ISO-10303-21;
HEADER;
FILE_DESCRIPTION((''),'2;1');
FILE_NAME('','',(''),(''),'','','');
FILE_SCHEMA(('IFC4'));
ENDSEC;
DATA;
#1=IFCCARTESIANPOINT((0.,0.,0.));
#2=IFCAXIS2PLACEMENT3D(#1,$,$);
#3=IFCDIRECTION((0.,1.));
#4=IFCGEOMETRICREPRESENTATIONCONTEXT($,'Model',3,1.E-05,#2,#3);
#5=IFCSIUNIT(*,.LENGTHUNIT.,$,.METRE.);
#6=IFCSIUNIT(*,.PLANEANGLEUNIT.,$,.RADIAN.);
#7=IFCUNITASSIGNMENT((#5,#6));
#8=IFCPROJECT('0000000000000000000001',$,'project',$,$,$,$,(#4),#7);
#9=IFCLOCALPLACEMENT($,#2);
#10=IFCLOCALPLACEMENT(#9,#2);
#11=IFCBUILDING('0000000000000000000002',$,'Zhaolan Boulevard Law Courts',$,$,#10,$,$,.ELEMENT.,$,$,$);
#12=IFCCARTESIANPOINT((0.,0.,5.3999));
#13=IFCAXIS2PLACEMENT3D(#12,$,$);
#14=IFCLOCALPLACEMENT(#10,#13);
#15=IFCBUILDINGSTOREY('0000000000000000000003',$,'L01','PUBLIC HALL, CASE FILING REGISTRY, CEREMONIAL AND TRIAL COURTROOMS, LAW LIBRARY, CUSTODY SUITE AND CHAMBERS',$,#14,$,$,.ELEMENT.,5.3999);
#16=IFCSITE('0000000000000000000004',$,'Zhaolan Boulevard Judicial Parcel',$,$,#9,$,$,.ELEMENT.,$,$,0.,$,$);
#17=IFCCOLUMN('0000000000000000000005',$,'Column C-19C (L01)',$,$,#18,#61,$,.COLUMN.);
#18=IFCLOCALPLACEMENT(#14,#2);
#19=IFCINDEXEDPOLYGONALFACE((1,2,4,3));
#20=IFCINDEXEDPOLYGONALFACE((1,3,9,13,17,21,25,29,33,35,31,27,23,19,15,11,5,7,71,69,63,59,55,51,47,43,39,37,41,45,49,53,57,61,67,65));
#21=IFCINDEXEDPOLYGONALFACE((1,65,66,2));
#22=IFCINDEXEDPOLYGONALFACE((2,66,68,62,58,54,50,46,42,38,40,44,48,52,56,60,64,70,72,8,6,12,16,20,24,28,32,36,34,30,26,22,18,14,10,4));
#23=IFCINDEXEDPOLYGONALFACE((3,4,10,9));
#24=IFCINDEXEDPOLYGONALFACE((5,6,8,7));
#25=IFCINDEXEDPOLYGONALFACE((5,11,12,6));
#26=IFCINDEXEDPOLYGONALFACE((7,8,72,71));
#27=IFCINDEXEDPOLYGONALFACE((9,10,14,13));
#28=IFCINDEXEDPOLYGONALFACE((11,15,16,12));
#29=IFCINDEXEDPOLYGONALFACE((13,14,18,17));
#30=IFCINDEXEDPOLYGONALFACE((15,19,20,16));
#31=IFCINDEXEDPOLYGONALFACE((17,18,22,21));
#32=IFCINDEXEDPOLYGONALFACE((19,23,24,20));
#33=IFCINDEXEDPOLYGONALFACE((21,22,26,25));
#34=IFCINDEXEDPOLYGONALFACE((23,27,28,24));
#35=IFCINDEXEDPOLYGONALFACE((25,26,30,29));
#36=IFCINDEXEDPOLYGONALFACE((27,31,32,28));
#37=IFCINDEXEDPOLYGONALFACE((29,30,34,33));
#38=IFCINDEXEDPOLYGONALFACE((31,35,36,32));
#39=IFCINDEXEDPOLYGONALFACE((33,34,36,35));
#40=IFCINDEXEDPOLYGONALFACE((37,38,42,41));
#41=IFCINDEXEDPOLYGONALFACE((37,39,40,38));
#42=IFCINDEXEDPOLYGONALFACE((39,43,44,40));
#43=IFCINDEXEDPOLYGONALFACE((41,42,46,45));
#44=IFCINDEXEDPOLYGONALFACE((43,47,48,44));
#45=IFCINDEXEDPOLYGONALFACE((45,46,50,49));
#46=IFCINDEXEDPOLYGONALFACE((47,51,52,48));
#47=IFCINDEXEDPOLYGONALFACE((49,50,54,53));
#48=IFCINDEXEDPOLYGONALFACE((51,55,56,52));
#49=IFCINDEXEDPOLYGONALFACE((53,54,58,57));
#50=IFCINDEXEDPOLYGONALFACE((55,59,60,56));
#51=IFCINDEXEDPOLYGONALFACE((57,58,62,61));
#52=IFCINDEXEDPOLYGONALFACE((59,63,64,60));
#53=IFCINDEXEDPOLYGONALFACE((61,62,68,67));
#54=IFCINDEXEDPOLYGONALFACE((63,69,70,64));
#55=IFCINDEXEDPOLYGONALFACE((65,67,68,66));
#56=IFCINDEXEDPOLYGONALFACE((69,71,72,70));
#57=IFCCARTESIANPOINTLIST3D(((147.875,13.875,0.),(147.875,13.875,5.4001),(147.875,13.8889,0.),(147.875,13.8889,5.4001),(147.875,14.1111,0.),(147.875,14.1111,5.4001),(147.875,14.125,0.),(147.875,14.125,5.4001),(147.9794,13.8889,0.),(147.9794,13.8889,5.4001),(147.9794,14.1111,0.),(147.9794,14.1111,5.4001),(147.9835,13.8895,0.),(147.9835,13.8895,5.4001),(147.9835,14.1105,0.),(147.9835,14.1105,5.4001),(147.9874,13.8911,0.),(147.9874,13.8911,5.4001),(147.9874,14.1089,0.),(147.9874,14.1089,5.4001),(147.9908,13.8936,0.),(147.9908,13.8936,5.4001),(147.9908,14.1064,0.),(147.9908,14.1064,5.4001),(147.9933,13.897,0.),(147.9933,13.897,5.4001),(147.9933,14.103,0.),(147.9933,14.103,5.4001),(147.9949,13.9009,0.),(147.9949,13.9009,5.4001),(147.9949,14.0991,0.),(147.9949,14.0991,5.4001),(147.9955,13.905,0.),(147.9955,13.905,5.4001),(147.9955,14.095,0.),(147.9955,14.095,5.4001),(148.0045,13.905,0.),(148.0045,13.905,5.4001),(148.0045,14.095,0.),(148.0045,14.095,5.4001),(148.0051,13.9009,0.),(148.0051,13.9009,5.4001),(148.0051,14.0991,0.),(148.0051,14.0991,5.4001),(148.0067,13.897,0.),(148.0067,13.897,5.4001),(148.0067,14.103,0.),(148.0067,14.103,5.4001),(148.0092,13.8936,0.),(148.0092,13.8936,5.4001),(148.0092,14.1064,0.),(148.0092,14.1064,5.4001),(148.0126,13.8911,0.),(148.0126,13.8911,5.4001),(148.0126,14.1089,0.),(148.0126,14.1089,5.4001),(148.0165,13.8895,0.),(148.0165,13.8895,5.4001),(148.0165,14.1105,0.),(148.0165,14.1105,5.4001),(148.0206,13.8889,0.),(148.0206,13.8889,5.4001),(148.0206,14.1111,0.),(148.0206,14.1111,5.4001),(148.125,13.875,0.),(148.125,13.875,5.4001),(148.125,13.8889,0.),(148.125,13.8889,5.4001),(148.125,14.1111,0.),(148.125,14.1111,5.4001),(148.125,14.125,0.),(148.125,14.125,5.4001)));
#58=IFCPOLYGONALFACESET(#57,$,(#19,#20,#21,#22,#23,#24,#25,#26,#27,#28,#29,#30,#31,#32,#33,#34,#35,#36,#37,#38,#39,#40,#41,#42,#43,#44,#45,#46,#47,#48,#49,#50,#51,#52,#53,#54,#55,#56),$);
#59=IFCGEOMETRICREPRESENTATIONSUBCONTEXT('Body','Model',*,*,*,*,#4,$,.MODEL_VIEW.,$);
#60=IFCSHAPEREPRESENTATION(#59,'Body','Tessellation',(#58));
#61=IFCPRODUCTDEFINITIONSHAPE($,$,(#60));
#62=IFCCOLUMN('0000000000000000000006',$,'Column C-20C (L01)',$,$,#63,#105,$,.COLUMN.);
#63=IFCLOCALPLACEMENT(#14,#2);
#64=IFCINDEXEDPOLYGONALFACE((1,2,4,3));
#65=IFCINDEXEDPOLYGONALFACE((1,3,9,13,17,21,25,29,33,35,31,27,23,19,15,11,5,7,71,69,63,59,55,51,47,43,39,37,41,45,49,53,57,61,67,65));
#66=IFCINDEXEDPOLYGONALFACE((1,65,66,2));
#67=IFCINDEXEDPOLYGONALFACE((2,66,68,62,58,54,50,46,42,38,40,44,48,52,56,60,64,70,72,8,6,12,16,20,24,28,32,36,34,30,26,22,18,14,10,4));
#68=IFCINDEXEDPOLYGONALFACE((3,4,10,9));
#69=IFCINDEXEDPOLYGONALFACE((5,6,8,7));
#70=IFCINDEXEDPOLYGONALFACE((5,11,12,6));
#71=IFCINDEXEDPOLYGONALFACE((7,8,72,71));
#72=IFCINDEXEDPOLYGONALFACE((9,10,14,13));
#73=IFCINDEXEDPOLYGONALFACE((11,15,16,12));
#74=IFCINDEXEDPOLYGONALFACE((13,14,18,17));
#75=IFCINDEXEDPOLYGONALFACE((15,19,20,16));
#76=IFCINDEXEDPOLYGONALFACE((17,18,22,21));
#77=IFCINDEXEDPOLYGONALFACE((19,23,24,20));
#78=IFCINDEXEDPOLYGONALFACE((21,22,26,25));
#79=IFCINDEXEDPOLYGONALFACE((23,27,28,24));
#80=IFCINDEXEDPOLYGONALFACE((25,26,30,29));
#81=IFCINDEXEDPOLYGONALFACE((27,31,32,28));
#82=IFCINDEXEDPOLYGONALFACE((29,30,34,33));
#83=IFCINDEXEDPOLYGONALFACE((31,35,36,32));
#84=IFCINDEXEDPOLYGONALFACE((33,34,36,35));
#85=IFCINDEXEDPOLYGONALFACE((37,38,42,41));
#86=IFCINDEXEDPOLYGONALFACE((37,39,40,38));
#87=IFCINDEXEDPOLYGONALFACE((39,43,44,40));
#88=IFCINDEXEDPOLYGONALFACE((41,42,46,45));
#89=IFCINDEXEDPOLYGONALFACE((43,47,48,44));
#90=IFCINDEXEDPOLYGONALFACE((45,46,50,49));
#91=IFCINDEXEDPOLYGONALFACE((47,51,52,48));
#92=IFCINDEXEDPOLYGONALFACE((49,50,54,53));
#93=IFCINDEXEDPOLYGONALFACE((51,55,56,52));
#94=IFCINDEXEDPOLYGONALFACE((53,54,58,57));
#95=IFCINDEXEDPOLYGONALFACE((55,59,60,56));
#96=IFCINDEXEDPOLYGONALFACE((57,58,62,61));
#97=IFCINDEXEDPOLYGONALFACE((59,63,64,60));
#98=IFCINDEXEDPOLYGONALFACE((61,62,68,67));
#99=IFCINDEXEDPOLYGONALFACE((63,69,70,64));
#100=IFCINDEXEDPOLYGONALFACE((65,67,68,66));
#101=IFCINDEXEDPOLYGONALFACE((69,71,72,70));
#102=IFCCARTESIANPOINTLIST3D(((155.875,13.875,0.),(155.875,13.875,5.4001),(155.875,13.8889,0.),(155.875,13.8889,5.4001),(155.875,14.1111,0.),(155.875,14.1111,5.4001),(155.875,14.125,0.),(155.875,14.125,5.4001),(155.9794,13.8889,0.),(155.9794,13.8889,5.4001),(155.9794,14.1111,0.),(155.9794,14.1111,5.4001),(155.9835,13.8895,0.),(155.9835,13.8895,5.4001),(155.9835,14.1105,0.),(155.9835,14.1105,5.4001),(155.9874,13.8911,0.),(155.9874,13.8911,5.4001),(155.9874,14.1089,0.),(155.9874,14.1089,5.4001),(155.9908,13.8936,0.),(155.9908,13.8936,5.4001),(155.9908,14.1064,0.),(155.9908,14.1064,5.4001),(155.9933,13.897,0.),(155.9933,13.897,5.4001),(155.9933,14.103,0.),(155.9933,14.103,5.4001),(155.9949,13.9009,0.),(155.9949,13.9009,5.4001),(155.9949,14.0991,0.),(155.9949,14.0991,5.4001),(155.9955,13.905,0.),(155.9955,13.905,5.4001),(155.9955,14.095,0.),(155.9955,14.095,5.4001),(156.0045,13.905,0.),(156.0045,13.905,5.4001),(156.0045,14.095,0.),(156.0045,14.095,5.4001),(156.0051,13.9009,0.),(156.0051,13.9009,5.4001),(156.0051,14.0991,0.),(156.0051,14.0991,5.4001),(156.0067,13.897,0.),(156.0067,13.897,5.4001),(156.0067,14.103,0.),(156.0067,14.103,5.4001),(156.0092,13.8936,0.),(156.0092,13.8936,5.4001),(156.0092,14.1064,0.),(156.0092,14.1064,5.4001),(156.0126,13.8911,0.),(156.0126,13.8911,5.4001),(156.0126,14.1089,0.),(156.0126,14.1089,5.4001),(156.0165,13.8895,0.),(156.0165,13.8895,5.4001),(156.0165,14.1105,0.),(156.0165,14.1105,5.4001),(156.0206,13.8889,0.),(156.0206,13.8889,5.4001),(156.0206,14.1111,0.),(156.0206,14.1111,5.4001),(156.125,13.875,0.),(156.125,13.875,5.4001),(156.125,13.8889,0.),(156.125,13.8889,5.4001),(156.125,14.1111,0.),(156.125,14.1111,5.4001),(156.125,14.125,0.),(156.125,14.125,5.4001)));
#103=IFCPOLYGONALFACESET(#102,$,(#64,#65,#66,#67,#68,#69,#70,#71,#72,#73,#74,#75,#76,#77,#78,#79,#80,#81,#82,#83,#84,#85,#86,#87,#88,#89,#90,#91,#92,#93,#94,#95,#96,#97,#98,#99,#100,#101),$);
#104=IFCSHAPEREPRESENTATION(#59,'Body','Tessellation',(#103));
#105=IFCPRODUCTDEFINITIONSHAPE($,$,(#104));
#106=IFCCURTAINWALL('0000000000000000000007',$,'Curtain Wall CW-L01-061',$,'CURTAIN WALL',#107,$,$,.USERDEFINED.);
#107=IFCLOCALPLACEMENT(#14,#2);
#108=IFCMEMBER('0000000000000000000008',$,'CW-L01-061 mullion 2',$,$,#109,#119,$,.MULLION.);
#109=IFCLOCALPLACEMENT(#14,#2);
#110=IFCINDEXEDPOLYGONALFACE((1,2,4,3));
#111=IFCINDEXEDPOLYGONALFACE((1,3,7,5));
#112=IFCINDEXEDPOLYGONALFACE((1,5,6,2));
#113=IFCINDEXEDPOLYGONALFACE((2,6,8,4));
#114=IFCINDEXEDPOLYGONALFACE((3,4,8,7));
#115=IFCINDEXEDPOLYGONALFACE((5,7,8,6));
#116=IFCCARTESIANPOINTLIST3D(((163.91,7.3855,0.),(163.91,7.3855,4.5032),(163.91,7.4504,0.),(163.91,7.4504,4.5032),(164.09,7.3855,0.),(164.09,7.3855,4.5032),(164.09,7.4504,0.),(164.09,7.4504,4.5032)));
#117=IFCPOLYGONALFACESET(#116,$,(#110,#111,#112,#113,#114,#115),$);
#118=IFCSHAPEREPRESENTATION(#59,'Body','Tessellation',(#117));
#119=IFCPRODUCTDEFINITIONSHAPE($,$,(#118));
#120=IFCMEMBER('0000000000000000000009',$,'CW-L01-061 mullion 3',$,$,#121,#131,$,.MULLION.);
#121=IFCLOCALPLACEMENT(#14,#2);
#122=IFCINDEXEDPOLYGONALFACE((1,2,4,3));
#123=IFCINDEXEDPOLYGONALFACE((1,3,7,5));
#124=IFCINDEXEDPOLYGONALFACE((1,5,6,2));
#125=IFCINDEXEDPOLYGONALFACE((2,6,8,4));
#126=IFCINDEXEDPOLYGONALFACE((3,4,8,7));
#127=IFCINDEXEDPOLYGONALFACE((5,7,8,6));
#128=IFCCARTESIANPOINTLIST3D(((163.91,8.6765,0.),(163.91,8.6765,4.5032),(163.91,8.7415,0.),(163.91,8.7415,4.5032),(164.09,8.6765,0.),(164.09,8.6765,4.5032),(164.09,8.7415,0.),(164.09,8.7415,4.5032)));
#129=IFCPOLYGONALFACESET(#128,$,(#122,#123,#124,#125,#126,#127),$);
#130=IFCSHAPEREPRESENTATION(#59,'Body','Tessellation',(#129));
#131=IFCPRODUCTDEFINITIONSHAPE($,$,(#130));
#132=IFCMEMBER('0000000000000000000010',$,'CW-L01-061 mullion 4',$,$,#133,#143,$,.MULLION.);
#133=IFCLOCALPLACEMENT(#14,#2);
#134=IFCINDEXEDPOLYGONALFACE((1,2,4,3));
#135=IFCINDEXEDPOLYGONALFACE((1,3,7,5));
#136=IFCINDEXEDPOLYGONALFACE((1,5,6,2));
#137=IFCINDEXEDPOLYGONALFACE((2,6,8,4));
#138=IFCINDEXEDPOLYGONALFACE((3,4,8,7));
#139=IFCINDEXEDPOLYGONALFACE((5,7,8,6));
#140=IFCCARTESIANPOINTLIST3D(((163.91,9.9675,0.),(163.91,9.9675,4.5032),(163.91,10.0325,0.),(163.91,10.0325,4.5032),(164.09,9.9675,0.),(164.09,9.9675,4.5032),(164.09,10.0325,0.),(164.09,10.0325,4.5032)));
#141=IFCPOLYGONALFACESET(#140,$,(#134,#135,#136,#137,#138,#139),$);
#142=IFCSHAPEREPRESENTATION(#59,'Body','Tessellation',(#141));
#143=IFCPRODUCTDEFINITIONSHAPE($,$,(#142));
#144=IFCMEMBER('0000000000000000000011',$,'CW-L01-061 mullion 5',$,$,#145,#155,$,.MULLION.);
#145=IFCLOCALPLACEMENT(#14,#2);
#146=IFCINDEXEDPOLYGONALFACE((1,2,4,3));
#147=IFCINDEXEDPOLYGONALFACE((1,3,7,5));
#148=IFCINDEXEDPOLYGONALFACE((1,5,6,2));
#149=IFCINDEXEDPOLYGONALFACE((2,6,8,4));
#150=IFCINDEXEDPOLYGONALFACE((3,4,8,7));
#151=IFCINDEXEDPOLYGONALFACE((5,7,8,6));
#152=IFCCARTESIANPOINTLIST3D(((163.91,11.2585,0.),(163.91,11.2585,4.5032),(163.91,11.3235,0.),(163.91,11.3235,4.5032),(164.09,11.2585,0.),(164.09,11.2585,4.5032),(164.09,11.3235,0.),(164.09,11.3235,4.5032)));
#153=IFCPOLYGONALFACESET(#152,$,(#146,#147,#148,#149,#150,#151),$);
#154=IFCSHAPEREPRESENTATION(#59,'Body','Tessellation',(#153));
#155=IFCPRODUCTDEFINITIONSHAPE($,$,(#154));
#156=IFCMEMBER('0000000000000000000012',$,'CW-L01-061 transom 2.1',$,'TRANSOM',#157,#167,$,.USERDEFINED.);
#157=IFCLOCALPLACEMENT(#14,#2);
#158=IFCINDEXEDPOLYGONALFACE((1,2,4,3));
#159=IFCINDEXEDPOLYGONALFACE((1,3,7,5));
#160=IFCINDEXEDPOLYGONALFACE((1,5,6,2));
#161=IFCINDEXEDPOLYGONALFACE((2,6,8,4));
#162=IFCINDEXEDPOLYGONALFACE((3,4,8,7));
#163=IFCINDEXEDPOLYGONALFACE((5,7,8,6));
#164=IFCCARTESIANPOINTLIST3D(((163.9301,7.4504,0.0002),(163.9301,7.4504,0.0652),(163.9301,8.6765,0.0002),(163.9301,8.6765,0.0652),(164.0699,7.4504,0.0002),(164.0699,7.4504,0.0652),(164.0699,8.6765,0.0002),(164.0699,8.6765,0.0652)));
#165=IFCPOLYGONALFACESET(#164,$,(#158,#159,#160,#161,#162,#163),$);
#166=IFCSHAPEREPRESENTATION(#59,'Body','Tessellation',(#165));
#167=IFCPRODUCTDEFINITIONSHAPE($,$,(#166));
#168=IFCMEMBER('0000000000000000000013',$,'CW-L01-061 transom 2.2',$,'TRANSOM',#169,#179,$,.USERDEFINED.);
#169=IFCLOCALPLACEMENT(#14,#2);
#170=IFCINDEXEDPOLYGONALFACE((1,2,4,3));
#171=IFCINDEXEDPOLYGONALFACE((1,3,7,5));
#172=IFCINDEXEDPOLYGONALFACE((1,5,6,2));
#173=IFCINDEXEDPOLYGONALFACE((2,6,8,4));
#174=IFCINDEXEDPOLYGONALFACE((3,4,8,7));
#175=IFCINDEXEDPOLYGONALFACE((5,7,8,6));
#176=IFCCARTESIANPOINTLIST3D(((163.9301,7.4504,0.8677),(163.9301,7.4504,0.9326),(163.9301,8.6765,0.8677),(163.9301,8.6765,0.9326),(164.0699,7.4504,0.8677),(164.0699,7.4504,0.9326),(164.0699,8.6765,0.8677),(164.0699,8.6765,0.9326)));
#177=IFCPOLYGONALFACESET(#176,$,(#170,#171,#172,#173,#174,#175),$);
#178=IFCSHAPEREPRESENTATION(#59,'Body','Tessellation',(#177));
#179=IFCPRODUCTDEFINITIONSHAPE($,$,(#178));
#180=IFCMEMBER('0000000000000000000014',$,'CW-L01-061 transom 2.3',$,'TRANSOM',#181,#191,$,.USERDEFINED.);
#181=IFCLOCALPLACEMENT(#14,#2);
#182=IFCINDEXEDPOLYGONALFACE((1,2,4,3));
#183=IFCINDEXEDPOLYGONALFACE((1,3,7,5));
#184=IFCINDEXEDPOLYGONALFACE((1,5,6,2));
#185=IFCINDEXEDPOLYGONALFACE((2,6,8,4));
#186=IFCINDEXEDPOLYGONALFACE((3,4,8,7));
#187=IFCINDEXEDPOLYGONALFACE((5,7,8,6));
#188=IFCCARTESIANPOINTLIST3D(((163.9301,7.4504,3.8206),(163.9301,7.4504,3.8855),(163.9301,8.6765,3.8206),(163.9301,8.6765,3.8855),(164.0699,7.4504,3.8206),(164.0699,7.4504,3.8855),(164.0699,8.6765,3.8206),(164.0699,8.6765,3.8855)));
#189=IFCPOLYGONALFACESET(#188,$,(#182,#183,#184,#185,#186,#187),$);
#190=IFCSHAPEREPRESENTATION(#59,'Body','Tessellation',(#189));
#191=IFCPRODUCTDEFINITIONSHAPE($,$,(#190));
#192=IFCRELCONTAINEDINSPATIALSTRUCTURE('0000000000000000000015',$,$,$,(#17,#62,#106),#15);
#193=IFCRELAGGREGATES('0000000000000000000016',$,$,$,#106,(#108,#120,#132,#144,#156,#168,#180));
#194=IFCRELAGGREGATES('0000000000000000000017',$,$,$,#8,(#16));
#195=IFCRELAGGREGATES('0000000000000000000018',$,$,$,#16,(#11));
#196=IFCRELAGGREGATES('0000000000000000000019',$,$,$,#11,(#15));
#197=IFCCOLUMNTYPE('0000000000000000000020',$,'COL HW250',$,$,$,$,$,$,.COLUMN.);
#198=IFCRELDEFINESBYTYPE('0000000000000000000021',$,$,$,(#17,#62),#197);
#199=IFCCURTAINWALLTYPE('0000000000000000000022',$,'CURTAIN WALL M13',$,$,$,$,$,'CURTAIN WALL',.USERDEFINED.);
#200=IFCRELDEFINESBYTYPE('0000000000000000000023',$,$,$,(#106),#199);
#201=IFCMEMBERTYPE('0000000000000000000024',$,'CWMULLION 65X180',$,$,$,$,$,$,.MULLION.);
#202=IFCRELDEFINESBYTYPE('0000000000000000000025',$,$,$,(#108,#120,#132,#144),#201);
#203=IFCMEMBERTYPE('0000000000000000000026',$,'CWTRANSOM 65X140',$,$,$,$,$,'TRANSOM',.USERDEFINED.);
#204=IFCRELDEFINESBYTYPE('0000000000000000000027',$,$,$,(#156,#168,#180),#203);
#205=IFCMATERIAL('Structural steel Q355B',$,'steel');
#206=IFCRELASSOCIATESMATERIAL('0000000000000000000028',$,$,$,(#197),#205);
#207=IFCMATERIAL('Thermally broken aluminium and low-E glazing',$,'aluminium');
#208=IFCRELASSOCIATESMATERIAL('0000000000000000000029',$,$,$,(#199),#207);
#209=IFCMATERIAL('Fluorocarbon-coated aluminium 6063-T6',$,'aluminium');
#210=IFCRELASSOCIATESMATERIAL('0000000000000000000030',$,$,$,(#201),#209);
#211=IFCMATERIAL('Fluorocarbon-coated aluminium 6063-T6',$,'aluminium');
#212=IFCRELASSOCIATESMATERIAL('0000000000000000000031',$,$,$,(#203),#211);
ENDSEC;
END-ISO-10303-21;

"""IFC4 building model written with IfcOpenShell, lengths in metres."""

from ifc_helpers import new_model, si_unit, direction, frame, origin, origin_2d, place, context, subcontext, project, spatial, rectangle, i_section, extrude, material, material_profile, profile_set, type_object, element, aggregate, save


model = new_model("IFC4")

# Units and contexts
model_context = context("Model", 3, precision=1e-05, world=origin(), true_north=direction((0.0, 1.0)))
body_context = subcontext(model_context, "Body", "Model", "MODEL_VIEW")
ifc_project = project(units=[si_unit("LENGTHUNIT", "METRE"), si_unit("PLANEANGLEUNIT", "RADIAN")], contexts=[model_context])

# Site, building, storey
site_placement = place(None, origin())
site = spatial("IfcSite", under=ifc_project, at=site_placement, Name="Zhaolan Boulevard Judicial Parcel", CompositionType="ELEMENT", RefElevation=0.0)
building_placement = place(site_placement, origin())
building = spatial("IfcBuilding", under=site, at=building_placement, Name="Zhaolan Boulevard Law Courts", CompositionType="ELEMENT")
storey_placement = place(building_placement, frame((0.0, 0.0, 5.3999)))
storey = spatial("IfcBuildingStorey", under=building, at=storey_placement, Name="L01", Description="PUBLIC HALL, CASE FILING REGISTRY, CEREMONIAL AND TRIAL COURTROOMS, LAW LIBRARY, CUSTODY SUITE AND CHAMBERS", CompositionType="ELEMENT", Elevation=5.3999)

# Columns
ifc_material_1 = material(Name="Structural steel Q355B", Category="steel")
ifc_material_profile_1 = material_profile(ifc_material_1, i_section(OverallWidth=0.25, OverallDepth=0.25, WebThickness=0.009, FlangeThickness=0.0139, FilletRadius=0.0161, at=origin_2d()), Name="HW250x250")
ifc_profile_set_1 = profile_set([ifc_material_profile_1], Name="Structural steel Q355B")
column_type = type_object("IfcColumnType", Name="COL HW250", PredefinedType="COLUMN", material=ifc_profile_set_1)
for number, where, z_axis, x_axis, name in (
    (1, (148.0, 14.0, 0.0), (0.0, 0.0, 1.0), (1.0, 0.0, 0.0), "Column C-19C (L01)"),
    (2, (156.0, 14.0, 0.0), (0.0, 0.0, 1.0), (1.0, 0.0, 0.0), "Column C-20C (L01)"),
):
    element("IfcColumn", number, at=place(storey_placement, frame(where, z_axis=z_axis, x_axis=x_axis)), inside=storey, type_object=column_type, Name=name, PredefinedType="COLUMN", context=body_context, shape_type="SweptSolid", body=[
        extrude(i_section(OverallWidth=0.25, OverallDepth=0.25, WebThickness=0.009, FlangeThickness=0.0139, FilletRadius=0.0161, at=origin_2d()), origin(), (0.0, 0.0, 1.0), 5.4001),
    ])

# Curtain wall, members
ifc_material_2 = material(Name="Thermally broken aluminium and low-E glazing", Category="aluminium")
curtain_wall_type = type_object("IfcCurtainWallType", Name="CURTAIN WALL M13", ElementType="CURTAIN WALL", PredefinedType="USERDEFINED", material=ifc_material_2)
curtain_wall_placement = place(storey_placement, origin())
curtain_wall = element("IfcCurtainWall", 3, at=curtain_wall_placement, inside=storey, type_object=curtain_wall_type, Name="Curtain Wall CW-L01-061", ObjectType="CURTAIN WALL", PredefinedType="USERDEFINED")
ifc_material_3 = material(Name="Fluorocarbon-coated aluminium 6063-T6", Category="aluminium")
ifc_material_profile_2 = material_profile(ifc_material_3, rectangle(XDim=0.1799, YDim=0.0649, at=origin_2d()), Name="AL65x180")
ifc_profile_set_2 = profile_set([ifc_material_profile_2], Name="Fluorocarbon-coated aluminium 6063-T6")
member_type_1 = type_object("IfcMemberType", Name="CWMULLION 65X180", PredefinedType="MULLION", material=ifc_profile_set_2)
member_1_placement = place(storey_placement, frame((164.0, 7.418, 0.0), z_axis=(0.0, 0.0, 1.0), x_axis=(-1.0, 0.0, 0.0)))
member_1 = element("IfcMember", 4, at=member_1_placement, type_object=member_type_1, Name="CW-L01-061 mullion 2", PredefinedType="MULLION", context=body_context, shape_type="SweptSolid", body=[
    extrude(rectangle(XDim=0.1799, YDim=0.0649, at=origin_2d()), origin(), (0.0, 0.0, 1.0), 4.5032),
])
member_2_placement = place(storey_placement, frame((164.0, 8.709, 0.0), z_axis=(0.0, 0.0, 1.0), x_axis=(-1.0, 0.0, 0.0)))
member_2 = element("IfcMember", 5, at=member_2_placement, type_object=member_type_1, Name="CW-L01-061 mullion 3", PredefinedType="MULLION", context=body_context, shape_type="SweptSolid", body=[
    extrude(rectangle(XDim=0.1799, YDim=0.0649, at=origin_2d()), origin(), (0.0, 0.0, 1.0), 4.5032),
])
member_3_placement = place(storey_placement, frame((164.0, 10.0, 0.0), z_axis=(0.0, 0.0, 1.0), x_axis=(-1.0, 0.0, 0.0)))
member_3 = element("IfcMember", 6, at=member_3_placement, type_object=member_type_1, Name="CW-L01-061 mullion 4", PredefinedType="MULLION", context=body_context, shape_type="SweptSolid", body=[
    extrude(rectangle(XDim=0.1799, YDim=0.0649, at=origin_2d()), origin(), (0.0, 0.0, 1.0), 4.5032),
])
member_4_placement = place(storey_placement, frame((164.0, 11.291, 0.0), z_axis=(0.0, 0.0, 1.0), x_axis=(-1.0, 0.0, 0.0)))
member_4 = element("IfcMember", 7, at=member_4_placement, type_object=member_type_1, Name="CW-L01-061 mullion 5", PredefinedType="MULLION", context=body_context, shape_type="SweptSolid", body=[
    extrude(rectangle(XDim=0.1799, YDim=0.0649, at=origin_2d()), origin(), (0.0, 0.0, 1.0), 4.5032),
])
ifc_material_4 = material(Name="Fluorocarbon-coated aluminium 6063-T6", Category="aluminium")
ifc_material_profile_3 = material_profile(ifc_material_4, rectangle(XDim=0.1399, YDim=0.0649, at=origin_2d()), Name="AL65x140")
ifc_profile_set_3 = profile_set([ifc_material_profile_3], Name="Fluorocarbon-coated aluminium 6063-T6")
member_type_2 = type_object("IfcMemberType", Name="CWTRANSOM 65X140", ElementType="TRANSOM", PredefinedType="USERDEFINED", material=ifc_profile_set_3)
member_5_placement = place(storey_placement, frame((164.0, 7.4504, 0.0327), z_axis=(0.0, 1.0, 0.0), x_axis=(-1.0, 0.0, 0.0)))
member_5 = element("IfcMember", 8, at=member_5_placement, type_object=member_type_2, Name="CW-L01-061 transom 2.1", ObjectType="TRANSOM", PredefinedType="USERDEFINED", context=body_context, shape_type="SweptSolid", body=[
    extrude(rectangle(XDim=0.1399, YDim=0.0649, at=origin_2d()), origin(), (0.0, 0.0, 1.0), 1.2261),
])
member_6_placement = place(storey_placement, frame((164.0, 7.4504, 0.9001), z_axis=(0.0, 1.0, 0.0), x_axis=(-1.0, 0.0, 0.0)))
member_6 = element("IfcMember", 9, at=member_6_placement, type_object=member_type_2, Name="CW-L01-061 transom 2.2", ObjectType="TRANSOM", PredefinedType="USERDEFINED", context=body_context, shape_type="SweptSolid", body=[
    extrude(rectangle(XDim=0.1399, YDim=0.0649, at=origin_2d()), origin(), (0.0, 0.0, 1.0), 1.2261),
])
member_7_placement = place(storey_placement, frame((164.0, 7.4504, 3.853), z_axis=(0.0, 1.0, 0.0), x_axis=(-1.0, 0.0, 0.0)))
member_7 = element("IfcMember", 10, at=member_7_placement, type_object=member_type_2, Name="CW-L01-061 transom 2.3", ObjectType="TRANSOM", PredefinedType="USERDEFINED", context=body_context, shape_type="SweptSolid", body=[
    extrude(rectangle(XDim=0.1399, YDim=0.0649, at=origin_2d()), origin(), (0.0, 0.0, 1.0), 1.2261),
])

aggregate(curtain_wall, [member_1, member_2, member_3, member_4, member_5, member_6, member_7])

save(model, "model.ifc")
